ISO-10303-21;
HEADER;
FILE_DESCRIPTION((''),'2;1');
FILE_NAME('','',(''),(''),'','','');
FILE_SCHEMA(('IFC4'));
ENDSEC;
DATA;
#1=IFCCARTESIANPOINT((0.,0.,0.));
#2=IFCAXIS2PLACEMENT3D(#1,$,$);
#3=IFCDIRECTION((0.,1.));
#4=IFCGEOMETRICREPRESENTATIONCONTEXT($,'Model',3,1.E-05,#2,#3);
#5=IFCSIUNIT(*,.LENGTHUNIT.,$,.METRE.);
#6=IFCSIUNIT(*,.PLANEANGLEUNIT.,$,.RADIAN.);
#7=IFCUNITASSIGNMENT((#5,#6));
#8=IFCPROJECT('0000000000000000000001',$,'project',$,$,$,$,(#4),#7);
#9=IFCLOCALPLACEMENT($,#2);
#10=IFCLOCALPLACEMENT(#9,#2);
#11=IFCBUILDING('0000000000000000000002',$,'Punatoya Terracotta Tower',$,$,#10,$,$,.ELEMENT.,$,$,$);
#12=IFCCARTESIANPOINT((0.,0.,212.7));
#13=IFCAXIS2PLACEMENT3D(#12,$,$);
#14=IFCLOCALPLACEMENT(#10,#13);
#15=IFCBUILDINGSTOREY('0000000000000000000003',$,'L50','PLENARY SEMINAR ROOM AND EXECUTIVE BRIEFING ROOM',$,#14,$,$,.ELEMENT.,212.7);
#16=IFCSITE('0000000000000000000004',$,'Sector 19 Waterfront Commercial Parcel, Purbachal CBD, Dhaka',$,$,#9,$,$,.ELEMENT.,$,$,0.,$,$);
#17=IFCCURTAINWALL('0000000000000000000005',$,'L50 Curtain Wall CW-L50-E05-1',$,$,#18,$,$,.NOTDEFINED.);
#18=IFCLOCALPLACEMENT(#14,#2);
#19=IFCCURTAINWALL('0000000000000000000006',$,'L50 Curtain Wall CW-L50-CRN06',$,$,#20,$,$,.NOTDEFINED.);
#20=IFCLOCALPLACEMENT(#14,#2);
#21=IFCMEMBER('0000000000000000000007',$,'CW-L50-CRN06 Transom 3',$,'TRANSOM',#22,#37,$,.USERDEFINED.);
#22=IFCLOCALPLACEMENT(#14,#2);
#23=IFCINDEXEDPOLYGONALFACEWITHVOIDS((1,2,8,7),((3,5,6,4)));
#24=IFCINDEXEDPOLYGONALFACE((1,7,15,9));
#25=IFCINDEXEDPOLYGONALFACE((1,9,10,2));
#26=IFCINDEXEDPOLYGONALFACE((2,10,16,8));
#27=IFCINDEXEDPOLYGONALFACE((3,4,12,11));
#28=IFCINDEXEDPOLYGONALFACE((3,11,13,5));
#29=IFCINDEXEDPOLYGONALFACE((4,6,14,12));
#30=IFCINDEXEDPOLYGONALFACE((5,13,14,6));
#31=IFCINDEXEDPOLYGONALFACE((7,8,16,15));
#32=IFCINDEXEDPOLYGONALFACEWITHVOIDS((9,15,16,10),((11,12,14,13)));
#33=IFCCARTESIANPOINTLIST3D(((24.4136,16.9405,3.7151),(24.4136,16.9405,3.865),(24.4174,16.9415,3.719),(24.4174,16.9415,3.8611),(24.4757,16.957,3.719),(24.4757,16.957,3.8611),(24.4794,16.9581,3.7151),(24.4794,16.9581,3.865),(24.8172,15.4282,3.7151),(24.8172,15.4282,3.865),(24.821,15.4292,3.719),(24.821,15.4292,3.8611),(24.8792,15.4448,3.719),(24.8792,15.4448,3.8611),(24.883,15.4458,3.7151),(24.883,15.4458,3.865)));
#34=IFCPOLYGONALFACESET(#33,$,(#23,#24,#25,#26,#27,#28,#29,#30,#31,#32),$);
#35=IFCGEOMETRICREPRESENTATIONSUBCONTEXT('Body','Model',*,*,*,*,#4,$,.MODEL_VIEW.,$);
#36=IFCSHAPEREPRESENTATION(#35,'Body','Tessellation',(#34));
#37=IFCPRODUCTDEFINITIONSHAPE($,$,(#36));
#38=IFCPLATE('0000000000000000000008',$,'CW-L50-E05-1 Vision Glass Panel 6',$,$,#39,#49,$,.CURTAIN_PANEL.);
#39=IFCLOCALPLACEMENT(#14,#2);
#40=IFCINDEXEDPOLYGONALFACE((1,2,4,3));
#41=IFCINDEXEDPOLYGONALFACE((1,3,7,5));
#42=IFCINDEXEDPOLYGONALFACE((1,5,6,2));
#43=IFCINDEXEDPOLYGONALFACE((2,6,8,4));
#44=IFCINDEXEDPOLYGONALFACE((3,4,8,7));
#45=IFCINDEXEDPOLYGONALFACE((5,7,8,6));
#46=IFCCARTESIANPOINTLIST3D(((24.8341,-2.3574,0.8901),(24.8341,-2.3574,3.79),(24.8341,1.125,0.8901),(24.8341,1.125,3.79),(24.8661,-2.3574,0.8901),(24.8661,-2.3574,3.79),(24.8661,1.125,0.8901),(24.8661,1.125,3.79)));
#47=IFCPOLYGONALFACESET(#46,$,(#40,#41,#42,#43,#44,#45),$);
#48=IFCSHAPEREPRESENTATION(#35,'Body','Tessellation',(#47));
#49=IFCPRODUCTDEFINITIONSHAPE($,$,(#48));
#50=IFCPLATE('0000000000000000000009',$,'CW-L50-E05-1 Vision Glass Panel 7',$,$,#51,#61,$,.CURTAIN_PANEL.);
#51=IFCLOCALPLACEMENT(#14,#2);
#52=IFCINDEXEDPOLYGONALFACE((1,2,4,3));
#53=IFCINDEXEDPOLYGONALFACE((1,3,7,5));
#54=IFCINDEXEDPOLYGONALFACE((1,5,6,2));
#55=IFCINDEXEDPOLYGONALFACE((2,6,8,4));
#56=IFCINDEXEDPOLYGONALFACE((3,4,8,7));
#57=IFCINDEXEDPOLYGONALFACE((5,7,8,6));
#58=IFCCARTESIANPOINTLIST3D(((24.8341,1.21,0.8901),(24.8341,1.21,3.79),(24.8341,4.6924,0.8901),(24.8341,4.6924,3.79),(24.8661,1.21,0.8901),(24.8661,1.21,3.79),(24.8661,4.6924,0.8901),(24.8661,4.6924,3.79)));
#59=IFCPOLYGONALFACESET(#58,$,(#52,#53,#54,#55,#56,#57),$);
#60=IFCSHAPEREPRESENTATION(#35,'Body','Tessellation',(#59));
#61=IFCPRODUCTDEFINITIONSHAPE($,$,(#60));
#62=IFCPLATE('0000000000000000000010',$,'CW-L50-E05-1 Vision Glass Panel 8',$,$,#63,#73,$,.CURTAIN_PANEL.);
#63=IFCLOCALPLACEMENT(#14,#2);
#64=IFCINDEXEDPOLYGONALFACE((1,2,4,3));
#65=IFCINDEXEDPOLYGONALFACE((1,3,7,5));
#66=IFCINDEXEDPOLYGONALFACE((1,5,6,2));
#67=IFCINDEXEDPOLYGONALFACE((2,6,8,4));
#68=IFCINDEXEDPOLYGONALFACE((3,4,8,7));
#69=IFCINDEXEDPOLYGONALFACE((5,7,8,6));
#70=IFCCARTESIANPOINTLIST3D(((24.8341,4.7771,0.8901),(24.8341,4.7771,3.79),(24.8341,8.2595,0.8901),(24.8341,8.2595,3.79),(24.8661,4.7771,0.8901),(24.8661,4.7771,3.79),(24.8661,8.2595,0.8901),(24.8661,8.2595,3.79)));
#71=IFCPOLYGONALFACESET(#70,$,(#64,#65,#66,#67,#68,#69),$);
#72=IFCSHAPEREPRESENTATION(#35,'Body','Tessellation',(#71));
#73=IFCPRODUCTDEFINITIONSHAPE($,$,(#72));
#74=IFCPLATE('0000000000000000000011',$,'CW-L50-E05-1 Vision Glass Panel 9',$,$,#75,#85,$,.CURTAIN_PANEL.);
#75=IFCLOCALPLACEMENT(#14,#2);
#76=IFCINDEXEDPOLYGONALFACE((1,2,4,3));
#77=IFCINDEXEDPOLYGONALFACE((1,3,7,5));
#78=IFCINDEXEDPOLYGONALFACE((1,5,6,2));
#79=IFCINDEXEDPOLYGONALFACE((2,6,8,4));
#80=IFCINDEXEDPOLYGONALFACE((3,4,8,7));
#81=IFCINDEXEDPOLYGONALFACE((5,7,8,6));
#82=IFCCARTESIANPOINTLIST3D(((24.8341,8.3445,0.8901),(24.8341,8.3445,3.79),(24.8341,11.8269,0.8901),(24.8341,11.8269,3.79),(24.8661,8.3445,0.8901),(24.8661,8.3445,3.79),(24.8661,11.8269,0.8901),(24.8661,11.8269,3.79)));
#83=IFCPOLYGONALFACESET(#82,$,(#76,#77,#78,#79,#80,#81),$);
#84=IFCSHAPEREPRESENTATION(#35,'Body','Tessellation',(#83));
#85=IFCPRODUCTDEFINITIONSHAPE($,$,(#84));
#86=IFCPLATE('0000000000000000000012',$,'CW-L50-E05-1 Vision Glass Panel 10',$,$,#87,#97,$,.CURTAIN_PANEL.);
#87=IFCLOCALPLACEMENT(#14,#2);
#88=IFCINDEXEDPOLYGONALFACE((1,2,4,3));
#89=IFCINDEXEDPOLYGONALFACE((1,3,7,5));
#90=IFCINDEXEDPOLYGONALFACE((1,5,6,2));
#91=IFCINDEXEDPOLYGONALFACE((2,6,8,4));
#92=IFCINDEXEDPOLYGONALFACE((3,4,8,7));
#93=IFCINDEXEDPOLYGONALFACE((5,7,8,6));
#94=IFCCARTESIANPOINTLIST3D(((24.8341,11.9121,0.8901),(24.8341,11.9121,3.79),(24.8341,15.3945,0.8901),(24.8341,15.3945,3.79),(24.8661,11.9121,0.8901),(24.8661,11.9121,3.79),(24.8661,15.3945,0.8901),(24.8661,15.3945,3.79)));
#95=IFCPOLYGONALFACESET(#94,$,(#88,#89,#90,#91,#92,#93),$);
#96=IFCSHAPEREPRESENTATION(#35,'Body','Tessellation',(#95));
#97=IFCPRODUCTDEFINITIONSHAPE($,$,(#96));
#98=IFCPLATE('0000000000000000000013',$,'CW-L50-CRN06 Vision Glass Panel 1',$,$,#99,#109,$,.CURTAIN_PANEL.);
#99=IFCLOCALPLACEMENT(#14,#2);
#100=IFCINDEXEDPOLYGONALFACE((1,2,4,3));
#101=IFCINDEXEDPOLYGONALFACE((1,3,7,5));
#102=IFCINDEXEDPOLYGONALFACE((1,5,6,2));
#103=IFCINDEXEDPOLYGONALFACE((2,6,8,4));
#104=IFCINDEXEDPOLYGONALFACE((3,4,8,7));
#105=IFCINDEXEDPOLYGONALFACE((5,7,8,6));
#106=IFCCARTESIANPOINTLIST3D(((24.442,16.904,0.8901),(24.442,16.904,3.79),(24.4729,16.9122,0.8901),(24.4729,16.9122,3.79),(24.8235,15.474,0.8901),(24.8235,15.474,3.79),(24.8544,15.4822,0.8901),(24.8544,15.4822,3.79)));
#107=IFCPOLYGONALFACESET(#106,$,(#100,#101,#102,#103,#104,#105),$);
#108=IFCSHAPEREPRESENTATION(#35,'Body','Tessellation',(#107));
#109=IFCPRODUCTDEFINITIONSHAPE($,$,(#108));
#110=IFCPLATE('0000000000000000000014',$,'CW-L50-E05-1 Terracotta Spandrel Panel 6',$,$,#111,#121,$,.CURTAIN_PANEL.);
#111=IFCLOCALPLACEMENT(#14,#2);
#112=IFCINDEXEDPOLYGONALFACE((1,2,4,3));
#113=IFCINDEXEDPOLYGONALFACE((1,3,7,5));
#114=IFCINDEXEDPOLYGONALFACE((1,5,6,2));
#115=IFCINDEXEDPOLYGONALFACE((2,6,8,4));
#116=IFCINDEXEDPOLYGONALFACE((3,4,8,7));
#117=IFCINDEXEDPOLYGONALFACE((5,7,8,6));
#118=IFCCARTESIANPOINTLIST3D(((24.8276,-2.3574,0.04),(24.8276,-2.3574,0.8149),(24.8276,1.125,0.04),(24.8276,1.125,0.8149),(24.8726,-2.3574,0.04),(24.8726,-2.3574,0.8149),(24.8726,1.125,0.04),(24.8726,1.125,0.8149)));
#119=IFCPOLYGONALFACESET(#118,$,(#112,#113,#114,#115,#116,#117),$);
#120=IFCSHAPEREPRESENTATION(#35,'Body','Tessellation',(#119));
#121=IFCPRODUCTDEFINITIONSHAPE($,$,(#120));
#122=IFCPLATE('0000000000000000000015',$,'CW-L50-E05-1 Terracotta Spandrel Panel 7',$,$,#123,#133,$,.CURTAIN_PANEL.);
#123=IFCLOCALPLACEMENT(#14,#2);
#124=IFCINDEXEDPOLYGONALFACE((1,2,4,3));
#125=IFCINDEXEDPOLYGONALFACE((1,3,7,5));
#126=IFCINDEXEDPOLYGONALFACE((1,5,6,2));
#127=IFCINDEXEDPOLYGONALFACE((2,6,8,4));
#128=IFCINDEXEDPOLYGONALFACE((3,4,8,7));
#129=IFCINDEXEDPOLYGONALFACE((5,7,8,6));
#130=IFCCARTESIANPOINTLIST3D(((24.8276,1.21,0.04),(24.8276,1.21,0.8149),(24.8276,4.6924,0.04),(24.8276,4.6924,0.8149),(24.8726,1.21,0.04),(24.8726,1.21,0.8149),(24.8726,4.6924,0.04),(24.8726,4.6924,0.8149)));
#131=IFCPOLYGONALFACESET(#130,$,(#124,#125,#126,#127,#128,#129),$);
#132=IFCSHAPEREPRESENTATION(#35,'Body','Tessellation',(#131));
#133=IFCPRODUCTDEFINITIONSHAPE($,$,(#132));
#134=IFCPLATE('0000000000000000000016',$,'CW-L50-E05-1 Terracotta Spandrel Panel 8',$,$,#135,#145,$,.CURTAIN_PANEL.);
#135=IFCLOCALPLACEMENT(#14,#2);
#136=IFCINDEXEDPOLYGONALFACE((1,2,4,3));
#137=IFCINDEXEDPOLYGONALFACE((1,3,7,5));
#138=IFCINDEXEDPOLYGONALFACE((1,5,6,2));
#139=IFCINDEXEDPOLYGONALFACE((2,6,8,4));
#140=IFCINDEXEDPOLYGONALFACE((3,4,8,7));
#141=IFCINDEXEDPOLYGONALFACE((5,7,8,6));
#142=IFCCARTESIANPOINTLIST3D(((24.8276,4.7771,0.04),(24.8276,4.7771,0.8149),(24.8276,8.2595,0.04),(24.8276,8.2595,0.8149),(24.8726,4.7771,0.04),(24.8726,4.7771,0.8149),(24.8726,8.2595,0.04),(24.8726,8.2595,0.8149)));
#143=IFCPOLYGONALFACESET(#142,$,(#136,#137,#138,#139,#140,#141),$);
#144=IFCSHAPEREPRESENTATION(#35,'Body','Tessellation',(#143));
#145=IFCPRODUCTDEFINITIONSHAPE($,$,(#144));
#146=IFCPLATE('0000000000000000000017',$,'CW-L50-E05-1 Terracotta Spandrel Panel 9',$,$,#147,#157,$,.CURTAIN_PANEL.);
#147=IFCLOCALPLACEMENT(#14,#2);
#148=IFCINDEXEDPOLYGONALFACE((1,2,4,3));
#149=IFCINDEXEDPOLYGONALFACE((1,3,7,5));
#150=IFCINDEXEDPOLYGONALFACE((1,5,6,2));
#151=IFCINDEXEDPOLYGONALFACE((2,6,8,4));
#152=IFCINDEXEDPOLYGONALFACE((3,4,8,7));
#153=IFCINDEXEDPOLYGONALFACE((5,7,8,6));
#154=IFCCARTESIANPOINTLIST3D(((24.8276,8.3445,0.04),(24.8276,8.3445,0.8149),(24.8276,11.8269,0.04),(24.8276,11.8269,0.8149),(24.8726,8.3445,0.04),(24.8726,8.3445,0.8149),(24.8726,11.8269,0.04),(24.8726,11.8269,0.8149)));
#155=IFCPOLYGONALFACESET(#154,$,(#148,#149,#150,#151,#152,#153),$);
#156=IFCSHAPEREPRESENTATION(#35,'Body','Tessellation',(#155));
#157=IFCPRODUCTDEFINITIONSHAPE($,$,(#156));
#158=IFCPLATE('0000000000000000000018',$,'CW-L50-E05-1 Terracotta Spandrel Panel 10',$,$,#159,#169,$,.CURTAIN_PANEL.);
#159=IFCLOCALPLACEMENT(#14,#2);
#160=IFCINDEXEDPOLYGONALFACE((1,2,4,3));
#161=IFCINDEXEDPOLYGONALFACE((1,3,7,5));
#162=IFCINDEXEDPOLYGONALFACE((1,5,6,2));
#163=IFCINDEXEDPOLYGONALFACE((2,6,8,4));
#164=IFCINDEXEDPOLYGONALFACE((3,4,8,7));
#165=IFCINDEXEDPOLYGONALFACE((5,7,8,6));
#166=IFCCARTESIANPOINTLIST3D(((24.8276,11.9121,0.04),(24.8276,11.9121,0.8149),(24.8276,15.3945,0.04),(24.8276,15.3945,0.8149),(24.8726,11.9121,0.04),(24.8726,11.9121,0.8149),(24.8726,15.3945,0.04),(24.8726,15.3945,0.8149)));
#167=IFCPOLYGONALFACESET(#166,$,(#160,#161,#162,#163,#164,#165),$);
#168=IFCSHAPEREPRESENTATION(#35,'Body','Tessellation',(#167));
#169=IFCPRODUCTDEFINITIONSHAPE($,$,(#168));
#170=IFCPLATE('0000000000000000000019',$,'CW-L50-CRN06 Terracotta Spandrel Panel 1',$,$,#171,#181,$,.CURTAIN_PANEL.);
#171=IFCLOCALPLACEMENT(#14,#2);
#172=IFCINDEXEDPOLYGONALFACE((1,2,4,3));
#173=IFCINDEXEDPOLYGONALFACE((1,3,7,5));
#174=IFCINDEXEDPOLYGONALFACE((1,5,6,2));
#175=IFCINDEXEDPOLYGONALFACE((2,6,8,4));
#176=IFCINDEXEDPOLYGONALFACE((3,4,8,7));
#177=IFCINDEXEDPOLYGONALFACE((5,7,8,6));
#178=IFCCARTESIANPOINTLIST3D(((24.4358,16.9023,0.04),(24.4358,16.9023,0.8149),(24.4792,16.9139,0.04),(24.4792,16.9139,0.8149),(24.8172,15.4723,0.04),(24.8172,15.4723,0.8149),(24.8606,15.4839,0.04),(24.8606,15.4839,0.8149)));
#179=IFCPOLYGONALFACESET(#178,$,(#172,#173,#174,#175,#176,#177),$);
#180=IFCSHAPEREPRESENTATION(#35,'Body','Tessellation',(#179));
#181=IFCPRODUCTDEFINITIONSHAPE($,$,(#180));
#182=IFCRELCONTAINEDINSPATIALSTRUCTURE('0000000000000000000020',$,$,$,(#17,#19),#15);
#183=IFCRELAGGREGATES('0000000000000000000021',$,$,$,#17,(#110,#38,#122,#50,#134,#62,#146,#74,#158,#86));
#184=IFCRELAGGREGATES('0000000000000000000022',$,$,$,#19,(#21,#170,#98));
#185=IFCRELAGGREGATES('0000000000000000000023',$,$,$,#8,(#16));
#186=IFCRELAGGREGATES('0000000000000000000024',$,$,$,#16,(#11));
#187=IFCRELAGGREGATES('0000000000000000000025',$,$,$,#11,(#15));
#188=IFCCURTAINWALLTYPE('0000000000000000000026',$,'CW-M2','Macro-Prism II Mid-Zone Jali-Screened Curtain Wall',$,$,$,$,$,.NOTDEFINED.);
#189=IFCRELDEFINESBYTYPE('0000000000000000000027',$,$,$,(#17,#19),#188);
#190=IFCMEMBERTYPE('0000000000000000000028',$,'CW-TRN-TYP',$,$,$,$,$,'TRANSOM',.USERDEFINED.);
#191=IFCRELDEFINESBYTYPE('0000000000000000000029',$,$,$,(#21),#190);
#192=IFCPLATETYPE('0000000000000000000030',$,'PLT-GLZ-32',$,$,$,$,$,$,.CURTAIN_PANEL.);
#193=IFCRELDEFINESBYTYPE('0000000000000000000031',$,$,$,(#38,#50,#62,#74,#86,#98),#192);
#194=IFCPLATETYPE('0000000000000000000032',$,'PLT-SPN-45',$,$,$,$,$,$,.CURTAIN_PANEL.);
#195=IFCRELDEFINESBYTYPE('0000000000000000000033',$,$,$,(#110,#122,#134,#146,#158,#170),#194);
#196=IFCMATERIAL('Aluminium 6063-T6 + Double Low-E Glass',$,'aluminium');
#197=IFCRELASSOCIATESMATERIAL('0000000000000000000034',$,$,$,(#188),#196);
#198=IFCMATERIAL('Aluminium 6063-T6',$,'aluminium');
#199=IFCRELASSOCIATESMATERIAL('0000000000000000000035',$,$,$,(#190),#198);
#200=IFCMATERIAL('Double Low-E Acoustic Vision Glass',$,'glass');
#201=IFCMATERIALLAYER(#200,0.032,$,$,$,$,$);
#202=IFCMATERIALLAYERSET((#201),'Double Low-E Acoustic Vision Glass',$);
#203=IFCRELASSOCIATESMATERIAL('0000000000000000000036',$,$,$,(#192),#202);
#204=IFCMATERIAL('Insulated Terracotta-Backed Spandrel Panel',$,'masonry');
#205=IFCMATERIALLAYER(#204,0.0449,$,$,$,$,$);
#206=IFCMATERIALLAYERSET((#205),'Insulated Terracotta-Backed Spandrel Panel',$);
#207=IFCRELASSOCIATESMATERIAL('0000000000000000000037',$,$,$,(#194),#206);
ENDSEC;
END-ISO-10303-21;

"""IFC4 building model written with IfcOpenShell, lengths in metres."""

from ifc_helpers import new_model, si_unit, direction, frame, origin, origin_2d, place, context, subcontext, project, spatial, rectangle, hollow_rectangle, extrude, material, layer, layer_set, material_profile, profile_set, type_object, element, aggregate, save


model = new_model("IFC4")

# Units and contexts
model_context = context("Model", 3, precision=1e-05, world=origin(), true_north=direction((0.0, 1.0)))
body_context = subcontext(model_context, "Body", "Model", "MODEL_VIEW")
ifc_project = project(units=[si_unit("LENGTHUNIT", "METRE"), si_unit("PLANEANGLEUNIT", "RADIAN")], contexts=[model_context])

# Site, building, storey
site_placement = place(None, origin())
site = spatial("IfcSite", under=ifc_project, at=site_placement, Name="Sector 19 Waterfront Commercial Parcel, Purbachal CBD, Dhaka", CompositionType="ELEMENT", RefElevation=0.0)
building_placement = place(site_placement, origin())
building = spatial("IfcBuilding", under=site, at=building_placement, Name="Punatoya Terracotta Tower", CompositionType="ELEMENT")
storey_placement = place(building_placement, frame((0.0, 0.0, 212.7)))
storey = spatial("IfcBuildingStorey", under=building, at=storey_placement, Name="L50", Description="PLENARY SEMINAR ROOM AND EXECUTIVE BRIEFING ROOM", CompositionType="ELEMENT", Elevation=212.7)

# Curtain walls, member
ifc_material_1 = material(Name="Aluminium 6063-T6 + Double Low-E Glass", Category="aluminium")
curtain_wall_type = type_object("IfcCurtainWallType", Name="CW-M2", Description="Macro-Prism II Mid-Zone Jali-Screened Curtain Wall", PredefinedType="NOTDEFINED", material=ifc_material_1)
curtain_wall_1_placement = place(storey_placement, origin())
curtain_wall_1 = element("IfcCurtainWall", 1, at=curtain_wall_1_placement, inside=storey, type_object=curtain_wall_type, Name="L50 Curtain Wall CW-L50-E05-1", PredefinedType="NOTDEFINED")
ifc_material_2 = material(Name="Aluminium 6063-T6", Category="aluminium")
curtain_wall_2_placement = place(storey_placement, origin())
curtain_wall_2 = element("IfcCurtainWall", 2, at=curtain_wall_2_placement, inside=storey, type_object=curtain_wall_type, Name="L50 Curtain Wall CW-L50-CRN06", PredefinedType="NOTDEFINED")
ifc_material_profile_1 = material_profile(ifc_material_2, hollow_rectangle(XDim=0.0681, YDim=0.1499, WallThickness=0.0039, at=origin_2d()))
ifc_profile_set_1 = profile_set([ifc_material_profile_1], Name="Aluminium 6063-T6")
member_type_1 = type_object("IfcMemberType", Name="CW-TRN-TYP", ElementType="TRANSOM", PredefinedType="USERDEFINED", material=ifc_profile_set_1)
member_1_placement = place(storey_placement, frame((24.8501, 15.437, 3.79), z_axis=(-0.257847, 0.966186, 0.0), x_axis=(-0.966186, -0.257847, 0.0)))
member_1 = element("IfcMember", 3, at=member_1_placement, type_object=member_type_1, Name="CW-L50-CRN06 Transom 3", ObjectType="TRANSOM", PredefinedType="USERDEFINED", context=body_context, shape_type="SweptSolid", body=[
    extrude(hollow_rectangle(XDim=0.0681, YDim=0.1499, WallThickness=0.0039, at=origin_2d()), origin(), (0.0, 0.0, 1.0), 1.5652),
])

# Plates
ifc_material_3 = material(Name="Double Low-E Acoustic Vision Glass", Category="glass")
ifc_layer_1 = layer(ifc_material_3, 0.032)
ifc_layer_set_1 = layer_set([ifc_layer_1], Name="Double Low-E Acoustic Vision Glass")
plate_type_1 = type_object("IfcPlateType", Name="PLT-GLZ-32", PredefinedType="CURTAIN_PANEL", material=ifc_layer_set_1)
plate_1_placement = place(storey_placement, frame((24.8501, -0.6162, 0.8901), z_axis=(0.0, 0.0, 1.0), x_axis=(0.0, 1.0, 0.0)))
plate_1 = element("IfcPlate", 4, at=plate_1_placement, type_object=plate_type_1, Name="CW-L50-E05-1 Vision Glass Panel 6", PredefinedType="CURTAIN_PANEL", context=body_context, shape_type="SweptSolid", body=[
    extrude(rectangle(XDim=3.4824, YDim=0.032, at=origin_2d()), origin(), (0.0, 0.0, 1.0), 2.8999),
])
plate_2_placement = place(storey_placement, frame((24.8501, 2.9512, 0.8901), z_axis=(0.0, 0.0, 1.0), x_axis=(0.0, 1.0, 0.0)))
plate_2 = element("IfcPlate", 5, at=plate_2_placement, type_object=plate_type_1, Name="CW-L50-E05-1 Vision Glass Panel 7", PredefinedType="CURTAIN_PANEL", context=body_context, shape_type="SweptSolid", body=[
    extrude(rectangle(XDim=3.4824, YDim=0.032, at=origin_2d()), origin(), (0.0, 0.0, 1.0), 2.8999),
])
plate_3_placement = place(storey_placement, frame((24.8501, 6.5183, 0.8901), z_axis=(0.0, 0.0, 1.0), x_axis=(0.0, 1.0, 0.0)))
plate_3 = element("IfcPlate", 6, at=plate_3_placement, type_object=plate_type_1, Name="CW-L50-E05-1 Vision Glass Panel 8", PredefinedType="CURTAIN_PANEL", context=body_context, shape_type="SweptSolid", body=[
    extrude(rectangle(XDim=3.4824, YDim=0.032, at=origin_2d()), origin(), (0.0, 0.0, 1.0), 2.8999),
])
plate_4_placement = place(storey_placement, frame((24.8501, 10.0857, 0.8901), z_axis=(0.0, 0.0, 1.0), x_axis=(0.0, 1.0, 0.0)))
plate_4 = element("IfcPlate", 7, at=plate_4_placement, type_object=plate_type_1, Name="CW-L50-E05-1 Vision Glass Panel 9", PredefinedType="CURTAIN_PANEL", context=body_context, shape_type="SweptSolid", body=[
    extrude(rectangle(XDim=3.4824, YDim=0.032, at=origin_2d()), origin(), (0.0, 0.0, 1.0), 2.8999),
])
plate_5_placement = place(storey_placement, frame((24.8501, 13.6533, 0.8901), z_axis=(0.0, 0.0, 1.0), x_axis=(0.0, 1.0, 0.0)))
plate_5 = element("IfcPlate", 8, at=plate_5_placement, type_object=plate_type_1, Name="CW-L50-E05-1 Vision Glass Panel 10", PredefinedType="CURTAIN_PANEL", context=body_context, shape_type="SweptSolid", body=[
    extrude(rectangle(XDim=3.4824, YDim=0.032, at=origin_2d()), origin(), (0.0, 0.0, 1.0), 2.8999),
])
plate_6_placement = place(storey_placement, frame((24.6482, 16.1931, 0.8901), z_axis=(0.0, 0.0, 1.0), x_axis=(-0.257742, 0.966214, 0.0)))
plate_6 = element("IfcPlate", 9, at=plate_6_placement, type_object=plate_type_1, Name="CW-L50-CRN06 Vision Glass Panel 1", PredefinedType="CURTAIN_PANEL", context=body_context, shape_type="SweptSolid", body=[
    extrude(rectangle(XDim=1.48, YDim=0.032, at=origin_2d()), origin(), (0.0, 0.0, 1.0), 2.8999),
])
ifc_material_4 = material(Name="Insulated Terracotta-Backed Spandrel Panel", Category="masonry")
ifc_layer_2 = layer(ifc_material_4, 0.0449)
ifc_layer_set_2 = layer_set([ifc_layer_2], Name="Insulated Terracotta-Backed Spandrel Panel")
plate_type_2 = type_object("IfcPlateType", Name="PLT-SPN-45", PredefinedType="CURTAIN_PANEL", material=ifc_layer_set_2)
plate_7_placement = place(storey_placement, frame((24.8501, -0.6162, 0.04), z_axis=(0.0, 0.0, 1.0), x_axis=(0.0, 1.0, 0.0)))
plate_7 = element("IfcPlate", 10, at=plate_7_placement, type_object=plate_type_2, Name="CW-L50-E05-1 Terracotta Spandrel Panel 6", PredefinedType="CURTAIN_PANEL", context=body_context, shape_type="SweptSolid", body=[
    extrude(rectangle(XDim=3.4824, YDim=0.0449, at=origin_2d()), origin(), (0.0, 0.0, 1.0), 0.7749),
])
plate_8_placement = place(storey_placement, frame((24.8501, 2.9512, 0.04), z_axis=(0.0, 0.0, 1.0), x_axis=(0.0, 1.0, 0.0)))
plate_8 = element("IfcPlate", 11, at=plate_8_placement, type_object=plate_type_2, Name="CW-L50-E05-1 Terracotta Spandrel Panel 7", PredefinedType="CURTAIN_PANEL", context=body_context, shape_type="SweptSolid", body=[
    extrude(rectangle(XDim=3.4824, YDim=0.0449, at=origin_2d()), origin(), (0.0, 0.0, 1.0), 0.7749),
])
plate_9_placement = place(storey_placement, frame((24.8501, 6.5183, 0.04), z_axis=(0.0, 0.0, 1.0), x_axis=(0.0, 1.0, 0.0)))
plate_9 = element("IfcPlate", 12, at=plate_9_placement, type_object=plate_type_2, Name="CW-L50-E05-1 Terracotta Spandrel Panel 8", PredefinedType="CURTAIN_PANEL", context=body_context, shape_type="SweptSolid", body=[
    extrude(rectangle(XDim=3.4824, YDim=0.0449, at=origin_2d()), origin(), (0.0, 0.0, 1.0), 0.7749),
])
plate_10_placement = place(storey_placement, frame((24.8501, 10.0857, 0.04), z_axis=(0.0, 0.0, 1.0), x_axis=(0.0, 1.0, 0.0)))
plate_10 = element("IfcPlate", 13, at=plate_10_placement, type_object=plate_type_2, Name="CW-L50-E05-1 Terracotta Spandrel Panel 9", PredefinedType="CURTAIN_PANEL", context=body_context, shape_type="SweptSolid", body=[
    extrude(rectangle(XDim=3.4824, YDim=0.0449, at=origin_2d()), origin(), (0.0, 0.0, 1.0), 0.7749),
])
plate_11_placement = place(storey_placement, frame((24.8501, 13.6533, 0.04), z_axis=(0.0, 0.0, 1.0), x_axis=(0.0, 1.0, 0.0)))
plate_11 = element("IfcPlate", 14, at=plate_11_placement, type_object=plate_type_2, Name="CW-L50-E05-1 Terracotta Spandrel Panel 10", PredefinedType="CURTAIN_PANEL", context=body_context, shape_type="SweptSolid", body=[
    extrude(rectangle(XDim=3.4824, YDim=0.0449, at=origin_2d()), origin(), (0.0, 0.0, 1.0), 0.7749),
])
aggregate(curtain_wall_1, [plate_7, plate_1, plate_8, plate_2, plate_9, plate_3, plate_10, plate_4, plate_11, plate_5])
plate_12_placement = place(storey_placement, frame((24.6482, 16.1931, 0.04), z_axis=(0.0, 0.0, 1.0), x_axis=(-0.257742, 0.966214, 0.0)))
plate_12 = element("IfcPlate", 15, at=plate_12_placement, type_object=plate_type_2, Name="CW-L50-CRN06 Terracotta Spandrel Panel 1", PredefinedType="CURTAIN_PANEL", context=body_context, shape_type="SweptSolid", body=[
    extrude(rectangle(XDim=1.48, YDim=0.0449, at=origin_2d()), origin(), (0.0, 0.0, 1.0), 0.7749),
])
aggregate(curtain_wall_2, [member_1, plate_12, plate_6])

save(model, "model.ifc")
